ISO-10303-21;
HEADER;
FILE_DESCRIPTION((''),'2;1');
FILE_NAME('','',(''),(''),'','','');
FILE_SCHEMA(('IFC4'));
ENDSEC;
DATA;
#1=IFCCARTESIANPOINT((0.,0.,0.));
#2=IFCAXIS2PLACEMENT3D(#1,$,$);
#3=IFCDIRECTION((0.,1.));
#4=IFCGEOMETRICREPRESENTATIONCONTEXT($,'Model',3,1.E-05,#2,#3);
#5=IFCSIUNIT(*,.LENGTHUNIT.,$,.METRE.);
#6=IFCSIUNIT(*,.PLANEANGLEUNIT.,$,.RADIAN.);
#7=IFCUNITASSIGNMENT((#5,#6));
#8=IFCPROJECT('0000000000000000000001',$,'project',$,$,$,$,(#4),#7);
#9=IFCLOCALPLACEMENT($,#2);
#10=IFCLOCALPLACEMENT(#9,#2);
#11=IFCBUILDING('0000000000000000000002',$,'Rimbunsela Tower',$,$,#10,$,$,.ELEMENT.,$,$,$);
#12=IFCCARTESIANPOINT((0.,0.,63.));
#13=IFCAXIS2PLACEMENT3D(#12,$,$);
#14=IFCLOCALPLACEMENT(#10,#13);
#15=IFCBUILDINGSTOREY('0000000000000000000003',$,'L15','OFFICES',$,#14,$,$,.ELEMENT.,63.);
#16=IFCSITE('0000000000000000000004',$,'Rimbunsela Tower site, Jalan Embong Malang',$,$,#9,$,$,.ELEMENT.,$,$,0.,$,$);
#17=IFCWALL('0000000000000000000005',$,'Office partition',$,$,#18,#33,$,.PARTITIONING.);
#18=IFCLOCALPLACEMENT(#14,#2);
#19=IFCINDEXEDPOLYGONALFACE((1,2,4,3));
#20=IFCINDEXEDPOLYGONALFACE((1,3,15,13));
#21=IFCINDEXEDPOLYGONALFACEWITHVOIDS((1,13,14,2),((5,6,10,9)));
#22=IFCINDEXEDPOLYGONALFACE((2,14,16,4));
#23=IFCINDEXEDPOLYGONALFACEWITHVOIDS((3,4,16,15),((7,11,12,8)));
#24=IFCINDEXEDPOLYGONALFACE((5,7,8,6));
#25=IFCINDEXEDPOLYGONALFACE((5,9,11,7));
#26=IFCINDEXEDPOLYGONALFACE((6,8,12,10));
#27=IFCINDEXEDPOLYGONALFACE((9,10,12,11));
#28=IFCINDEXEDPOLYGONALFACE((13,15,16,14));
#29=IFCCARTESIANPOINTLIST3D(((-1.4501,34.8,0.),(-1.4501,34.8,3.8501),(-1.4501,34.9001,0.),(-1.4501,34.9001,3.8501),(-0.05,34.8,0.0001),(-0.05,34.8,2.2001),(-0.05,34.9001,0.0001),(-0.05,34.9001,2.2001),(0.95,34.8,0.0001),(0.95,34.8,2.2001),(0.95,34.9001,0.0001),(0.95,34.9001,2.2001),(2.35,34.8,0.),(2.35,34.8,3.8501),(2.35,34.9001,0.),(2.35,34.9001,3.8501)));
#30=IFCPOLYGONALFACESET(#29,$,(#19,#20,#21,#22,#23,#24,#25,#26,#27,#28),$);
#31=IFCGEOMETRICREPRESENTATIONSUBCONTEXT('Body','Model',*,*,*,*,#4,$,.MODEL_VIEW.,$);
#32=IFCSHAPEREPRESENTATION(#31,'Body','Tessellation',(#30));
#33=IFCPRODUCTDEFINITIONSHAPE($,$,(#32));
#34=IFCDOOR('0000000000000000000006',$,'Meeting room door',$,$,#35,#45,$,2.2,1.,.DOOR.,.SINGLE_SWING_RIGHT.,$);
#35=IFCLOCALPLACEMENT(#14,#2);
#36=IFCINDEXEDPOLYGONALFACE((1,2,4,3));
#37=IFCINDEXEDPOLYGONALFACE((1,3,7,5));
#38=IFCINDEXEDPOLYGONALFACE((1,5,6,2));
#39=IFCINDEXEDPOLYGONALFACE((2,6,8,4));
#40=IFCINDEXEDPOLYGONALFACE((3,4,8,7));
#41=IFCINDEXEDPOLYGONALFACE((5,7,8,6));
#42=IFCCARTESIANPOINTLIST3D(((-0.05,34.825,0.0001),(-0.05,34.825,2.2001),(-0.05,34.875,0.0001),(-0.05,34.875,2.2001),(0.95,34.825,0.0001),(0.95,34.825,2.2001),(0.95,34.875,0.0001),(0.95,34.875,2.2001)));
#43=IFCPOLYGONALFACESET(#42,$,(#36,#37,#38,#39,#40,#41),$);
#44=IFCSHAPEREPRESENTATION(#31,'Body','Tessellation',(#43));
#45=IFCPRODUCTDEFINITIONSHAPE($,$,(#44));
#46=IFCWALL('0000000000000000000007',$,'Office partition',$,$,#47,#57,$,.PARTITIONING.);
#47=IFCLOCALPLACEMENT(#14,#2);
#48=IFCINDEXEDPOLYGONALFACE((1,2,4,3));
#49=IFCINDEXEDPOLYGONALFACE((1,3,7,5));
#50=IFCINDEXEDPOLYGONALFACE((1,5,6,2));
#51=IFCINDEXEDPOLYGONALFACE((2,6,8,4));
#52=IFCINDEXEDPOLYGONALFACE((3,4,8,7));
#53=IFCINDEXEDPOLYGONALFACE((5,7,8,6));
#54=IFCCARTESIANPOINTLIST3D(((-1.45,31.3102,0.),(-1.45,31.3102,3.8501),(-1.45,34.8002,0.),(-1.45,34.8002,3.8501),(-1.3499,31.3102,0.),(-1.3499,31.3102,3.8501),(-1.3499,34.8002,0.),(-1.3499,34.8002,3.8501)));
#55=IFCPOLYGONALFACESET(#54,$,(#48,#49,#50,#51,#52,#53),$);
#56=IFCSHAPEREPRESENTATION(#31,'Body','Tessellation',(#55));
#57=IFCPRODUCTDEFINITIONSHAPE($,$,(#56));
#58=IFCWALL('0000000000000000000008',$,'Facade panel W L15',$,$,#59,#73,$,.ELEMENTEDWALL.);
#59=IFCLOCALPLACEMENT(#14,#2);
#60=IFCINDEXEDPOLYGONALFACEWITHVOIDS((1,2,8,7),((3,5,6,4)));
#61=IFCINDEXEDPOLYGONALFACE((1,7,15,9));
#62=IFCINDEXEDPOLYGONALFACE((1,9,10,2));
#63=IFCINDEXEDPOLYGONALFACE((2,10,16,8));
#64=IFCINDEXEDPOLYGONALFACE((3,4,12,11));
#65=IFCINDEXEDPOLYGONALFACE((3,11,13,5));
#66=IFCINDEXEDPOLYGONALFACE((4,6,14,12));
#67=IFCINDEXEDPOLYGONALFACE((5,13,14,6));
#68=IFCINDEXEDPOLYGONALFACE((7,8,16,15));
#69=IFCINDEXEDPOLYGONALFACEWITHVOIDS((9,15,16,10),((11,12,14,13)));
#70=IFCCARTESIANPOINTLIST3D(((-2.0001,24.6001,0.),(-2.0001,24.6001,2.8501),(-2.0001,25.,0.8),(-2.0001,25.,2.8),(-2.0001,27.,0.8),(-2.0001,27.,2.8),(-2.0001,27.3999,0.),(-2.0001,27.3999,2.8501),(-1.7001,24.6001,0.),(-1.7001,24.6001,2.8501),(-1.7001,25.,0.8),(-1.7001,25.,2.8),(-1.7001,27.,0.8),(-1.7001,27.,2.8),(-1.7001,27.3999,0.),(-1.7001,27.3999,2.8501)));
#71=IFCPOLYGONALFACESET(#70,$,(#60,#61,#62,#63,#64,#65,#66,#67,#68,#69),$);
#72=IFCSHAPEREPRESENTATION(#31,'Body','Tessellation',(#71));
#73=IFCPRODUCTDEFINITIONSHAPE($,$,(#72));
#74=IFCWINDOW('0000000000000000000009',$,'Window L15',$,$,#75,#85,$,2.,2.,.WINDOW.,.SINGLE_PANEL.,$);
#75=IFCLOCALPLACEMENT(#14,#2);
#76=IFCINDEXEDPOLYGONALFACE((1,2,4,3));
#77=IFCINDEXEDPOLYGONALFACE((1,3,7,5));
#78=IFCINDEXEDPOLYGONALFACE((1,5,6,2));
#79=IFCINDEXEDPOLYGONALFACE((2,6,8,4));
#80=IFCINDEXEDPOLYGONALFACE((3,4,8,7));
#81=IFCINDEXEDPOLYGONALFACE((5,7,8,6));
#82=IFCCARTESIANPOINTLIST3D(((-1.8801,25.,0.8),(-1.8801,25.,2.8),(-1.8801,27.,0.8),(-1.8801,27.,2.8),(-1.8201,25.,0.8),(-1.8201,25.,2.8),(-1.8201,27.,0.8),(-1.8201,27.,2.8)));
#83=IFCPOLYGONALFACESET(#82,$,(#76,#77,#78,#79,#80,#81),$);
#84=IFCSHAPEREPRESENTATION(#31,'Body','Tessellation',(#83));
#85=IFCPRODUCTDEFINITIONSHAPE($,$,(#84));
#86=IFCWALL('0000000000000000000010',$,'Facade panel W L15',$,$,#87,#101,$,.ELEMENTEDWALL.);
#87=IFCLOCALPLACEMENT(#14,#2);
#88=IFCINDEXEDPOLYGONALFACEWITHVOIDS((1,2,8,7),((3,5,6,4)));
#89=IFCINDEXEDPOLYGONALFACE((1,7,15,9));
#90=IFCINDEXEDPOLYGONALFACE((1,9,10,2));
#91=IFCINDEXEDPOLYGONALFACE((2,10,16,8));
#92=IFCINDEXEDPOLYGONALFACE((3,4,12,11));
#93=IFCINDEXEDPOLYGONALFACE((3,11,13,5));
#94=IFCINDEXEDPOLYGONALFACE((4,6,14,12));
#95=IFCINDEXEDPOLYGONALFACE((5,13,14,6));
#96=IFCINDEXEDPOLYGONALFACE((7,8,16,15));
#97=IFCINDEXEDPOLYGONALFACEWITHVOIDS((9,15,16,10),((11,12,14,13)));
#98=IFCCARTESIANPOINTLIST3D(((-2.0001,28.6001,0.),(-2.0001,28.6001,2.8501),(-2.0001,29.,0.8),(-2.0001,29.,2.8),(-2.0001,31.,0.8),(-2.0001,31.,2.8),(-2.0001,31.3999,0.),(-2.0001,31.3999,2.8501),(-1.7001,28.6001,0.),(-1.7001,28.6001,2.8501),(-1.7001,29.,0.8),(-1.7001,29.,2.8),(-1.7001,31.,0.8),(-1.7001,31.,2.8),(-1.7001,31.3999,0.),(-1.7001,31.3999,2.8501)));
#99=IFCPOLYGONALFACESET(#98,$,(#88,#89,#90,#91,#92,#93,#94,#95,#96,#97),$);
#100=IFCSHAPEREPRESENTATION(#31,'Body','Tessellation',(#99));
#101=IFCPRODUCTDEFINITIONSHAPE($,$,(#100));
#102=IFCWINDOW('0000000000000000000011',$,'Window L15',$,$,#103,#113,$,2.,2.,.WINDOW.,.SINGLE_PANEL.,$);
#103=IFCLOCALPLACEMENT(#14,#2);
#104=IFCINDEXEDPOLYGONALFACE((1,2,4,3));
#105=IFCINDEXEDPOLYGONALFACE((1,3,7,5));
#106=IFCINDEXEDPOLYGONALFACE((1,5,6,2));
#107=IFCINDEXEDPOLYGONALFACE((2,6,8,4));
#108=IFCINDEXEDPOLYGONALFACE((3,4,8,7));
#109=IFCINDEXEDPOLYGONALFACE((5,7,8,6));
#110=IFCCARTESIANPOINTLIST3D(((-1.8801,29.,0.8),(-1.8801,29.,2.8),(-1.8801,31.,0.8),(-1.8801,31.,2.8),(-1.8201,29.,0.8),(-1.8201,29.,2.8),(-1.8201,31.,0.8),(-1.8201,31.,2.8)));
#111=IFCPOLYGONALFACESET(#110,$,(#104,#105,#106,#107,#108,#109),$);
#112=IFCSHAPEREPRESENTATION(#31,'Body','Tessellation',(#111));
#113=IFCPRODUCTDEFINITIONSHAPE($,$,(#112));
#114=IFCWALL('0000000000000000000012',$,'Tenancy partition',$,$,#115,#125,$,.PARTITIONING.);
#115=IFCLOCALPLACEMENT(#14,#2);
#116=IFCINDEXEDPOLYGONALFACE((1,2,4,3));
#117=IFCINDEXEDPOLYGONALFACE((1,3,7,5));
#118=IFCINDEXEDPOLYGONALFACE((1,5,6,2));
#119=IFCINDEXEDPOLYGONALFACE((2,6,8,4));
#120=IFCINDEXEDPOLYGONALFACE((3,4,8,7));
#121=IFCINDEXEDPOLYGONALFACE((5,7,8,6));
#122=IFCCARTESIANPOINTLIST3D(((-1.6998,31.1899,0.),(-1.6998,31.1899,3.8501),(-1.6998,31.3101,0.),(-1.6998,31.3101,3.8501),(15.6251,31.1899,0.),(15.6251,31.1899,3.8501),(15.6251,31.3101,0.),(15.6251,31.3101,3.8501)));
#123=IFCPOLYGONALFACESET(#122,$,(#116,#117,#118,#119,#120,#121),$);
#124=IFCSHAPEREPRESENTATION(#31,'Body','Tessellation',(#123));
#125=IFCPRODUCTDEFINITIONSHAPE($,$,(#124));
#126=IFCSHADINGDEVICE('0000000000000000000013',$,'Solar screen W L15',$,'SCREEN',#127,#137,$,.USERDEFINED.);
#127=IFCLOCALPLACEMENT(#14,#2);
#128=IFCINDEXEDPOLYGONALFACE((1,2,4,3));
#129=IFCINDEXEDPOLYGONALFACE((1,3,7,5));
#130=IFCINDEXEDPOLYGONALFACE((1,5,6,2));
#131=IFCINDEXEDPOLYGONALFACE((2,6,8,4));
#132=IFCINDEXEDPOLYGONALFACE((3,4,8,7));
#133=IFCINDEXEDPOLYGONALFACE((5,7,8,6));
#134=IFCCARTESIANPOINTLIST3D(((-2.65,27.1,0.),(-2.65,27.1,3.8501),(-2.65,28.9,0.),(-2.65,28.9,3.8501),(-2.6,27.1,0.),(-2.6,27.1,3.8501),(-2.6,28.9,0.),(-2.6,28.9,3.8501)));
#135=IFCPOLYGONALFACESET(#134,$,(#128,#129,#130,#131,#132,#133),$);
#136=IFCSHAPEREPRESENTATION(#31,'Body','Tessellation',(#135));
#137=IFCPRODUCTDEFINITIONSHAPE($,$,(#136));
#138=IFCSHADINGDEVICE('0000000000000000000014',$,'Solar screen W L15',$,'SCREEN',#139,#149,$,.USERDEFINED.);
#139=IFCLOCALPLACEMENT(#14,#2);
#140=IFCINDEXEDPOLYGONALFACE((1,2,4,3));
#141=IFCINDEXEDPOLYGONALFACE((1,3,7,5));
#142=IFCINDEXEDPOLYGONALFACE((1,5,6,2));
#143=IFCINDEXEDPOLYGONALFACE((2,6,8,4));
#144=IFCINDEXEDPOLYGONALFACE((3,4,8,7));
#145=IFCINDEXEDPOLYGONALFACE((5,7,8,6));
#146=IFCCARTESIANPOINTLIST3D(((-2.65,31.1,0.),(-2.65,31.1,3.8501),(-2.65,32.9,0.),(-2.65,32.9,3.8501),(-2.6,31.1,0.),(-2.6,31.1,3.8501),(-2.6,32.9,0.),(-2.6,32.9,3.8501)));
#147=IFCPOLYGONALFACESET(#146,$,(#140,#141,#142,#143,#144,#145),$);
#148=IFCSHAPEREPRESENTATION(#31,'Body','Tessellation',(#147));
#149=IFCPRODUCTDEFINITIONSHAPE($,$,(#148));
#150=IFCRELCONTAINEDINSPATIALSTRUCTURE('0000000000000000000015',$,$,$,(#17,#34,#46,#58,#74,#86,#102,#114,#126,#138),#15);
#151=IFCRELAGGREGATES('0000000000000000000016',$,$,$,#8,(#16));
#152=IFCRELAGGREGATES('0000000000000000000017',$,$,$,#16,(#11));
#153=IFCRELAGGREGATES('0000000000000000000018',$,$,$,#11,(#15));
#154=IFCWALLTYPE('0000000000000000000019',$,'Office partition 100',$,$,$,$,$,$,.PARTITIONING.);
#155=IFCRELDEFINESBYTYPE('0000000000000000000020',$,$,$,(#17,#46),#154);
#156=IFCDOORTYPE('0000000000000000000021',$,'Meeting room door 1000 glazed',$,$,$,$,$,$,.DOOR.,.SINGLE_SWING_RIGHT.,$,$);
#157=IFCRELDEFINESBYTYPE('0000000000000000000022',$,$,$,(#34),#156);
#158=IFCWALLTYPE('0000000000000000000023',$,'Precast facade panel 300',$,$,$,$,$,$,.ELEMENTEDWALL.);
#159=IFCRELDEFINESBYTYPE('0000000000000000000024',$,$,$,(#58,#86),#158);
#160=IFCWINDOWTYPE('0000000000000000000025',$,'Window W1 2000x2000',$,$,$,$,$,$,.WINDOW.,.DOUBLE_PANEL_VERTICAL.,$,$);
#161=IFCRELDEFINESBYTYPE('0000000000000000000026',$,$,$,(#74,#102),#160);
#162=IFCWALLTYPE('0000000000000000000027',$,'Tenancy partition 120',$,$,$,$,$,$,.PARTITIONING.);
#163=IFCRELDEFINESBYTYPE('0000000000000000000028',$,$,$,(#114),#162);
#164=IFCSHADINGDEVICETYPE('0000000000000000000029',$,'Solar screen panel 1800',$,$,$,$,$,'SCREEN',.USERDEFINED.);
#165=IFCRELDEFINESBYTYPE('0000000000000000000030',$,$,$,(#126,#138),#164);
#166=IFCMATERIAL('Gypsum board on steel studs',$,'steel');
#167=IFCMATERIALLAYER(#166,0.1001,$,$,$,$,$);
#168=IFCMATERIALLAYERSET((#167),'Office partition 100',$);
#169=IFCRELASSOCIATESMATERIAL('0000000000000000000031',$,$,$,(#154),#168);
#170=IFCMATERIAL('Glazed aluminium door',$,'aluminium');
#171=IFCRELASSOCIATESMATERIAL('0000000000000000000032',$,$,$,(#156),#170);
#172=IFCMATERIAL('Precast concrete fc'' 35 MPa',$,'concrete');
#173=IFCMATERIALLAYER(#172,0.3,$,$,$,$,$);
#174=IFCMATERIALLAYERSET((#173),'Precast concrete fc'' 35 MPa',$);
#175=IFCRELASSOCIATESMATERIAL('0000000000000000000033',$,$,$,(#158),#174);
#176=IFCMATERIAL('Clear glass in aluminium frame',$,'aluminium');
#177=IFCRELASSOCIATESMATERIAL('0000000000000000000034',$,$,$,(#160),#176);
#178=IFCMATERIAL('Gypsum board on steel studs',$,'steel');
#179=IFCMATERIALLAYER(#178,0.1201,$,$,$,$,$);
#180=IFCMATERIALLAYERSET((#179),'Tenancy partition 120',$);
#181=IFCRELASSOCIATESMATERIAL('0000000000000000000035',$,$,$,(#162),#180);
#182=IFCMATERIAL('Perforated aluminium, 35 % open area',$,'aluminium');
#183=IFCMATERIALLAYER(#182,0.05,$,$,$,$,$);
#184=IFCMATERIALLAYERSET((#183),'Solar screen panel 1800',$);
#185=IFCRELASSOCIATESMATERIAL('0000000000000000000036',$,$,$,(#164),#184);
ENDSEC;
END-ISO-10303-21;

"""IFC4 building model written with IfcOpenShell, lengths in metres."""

from ifc_helpers import new_model, si_unit, direction, frame, frame_2d, origin, origin_2d, place, context, subcontext, project, spatial, rectangle, extrude, material, layer, layer_set, type_object, element, fill, save


model = new_model("IFC4")

# Units and contexts
model_context = context("Model", 3, precision=1e-05, world=origin(), true_north=direction((0.0, 1.0)))
body_context = subcontext(model_context, "Body", "Model", "MODEL_VIEW")
ifc_project = project(units=[si_unit("LENGTHUNIT", "METRE"), si_unit("PLANEANGLEUNIT", "RADIAN")], contexts=[model_context])

# Site, building, storey
site_placement = place(None, origin())
site = spatial("IfcSite", under=ifc_project, at=site_placement, Name="Rimbunsela Tower site, Jalan Embong Malang", CompositionType="ELEMENT", RefElevation=0.0)
building_placement = place(site_placement, origin())
building = spatial("IfcBuilding", under=site, at=building_placement, Name="Rimbunsela Tower", CompositionType="ELEMENT")
storey_placement = place(building_placement, frame((0.0, 0.0, 63.0)))
storey = spatial("IfcBuildingStorey", under=building, at=storey_placement, Name="L15", Description="OFFICES", CompositionType="ELEMENT", Elevation=63.0)

# Wall, opening, door
ifc_material_1 = material(Name="Gypsum board on steel studs", Category="steel")
ifc_layer_1 = layer(ifc_material_1, 0.1001)
ifc_layer_set_1 = layer_set([ifc_layer_1], Name="Office partition 100")
wall_type_1 = type_object("IfcWallType", Name="Office partition 100", PredefinedType="PARTITIONING", material=ifc_layer_set_1)
wall_1_placement = place(storey_placement, frame((-1.45, 34.8501, 0.0), z_axis=(0.0, 0.0, 1.0), x_axis=(1.0, 0.0, 0.0)))
wall_1 = element("IfcWall", 1, at=wall_1_placement, inside=storey, type_object=wall_type_1, Name="Office partition", PredefinedType="PARTITIONING", context=body_context, shape_type="SweptSolid", body=[
    extrude(rectangle(XDim=3.8, YDim=0.1001, at=frame_2d((1.8999, 0.0))), origin(), (0.0, 0.0, 1.0), 3.8501),
])
opening_1_placement = place(wall_1_placement, frame((1.3999, 0.0, 0.0)))
opening_1 = element("IfcOpeningElement", 2, at=opening_1_placement, cuts=wall_1, PredefinedType="OPENING", context=body_context, shape_type="SweptSolid", body=[
    extrude(rectangle(XDim=1.0, YDim=2.2, at=frame_2d((0.5, 1.1001))), frame((0.0, 0.0601, 0.0), z_axis=(0.0, -1.0, 0.0), x_axis=(1.0, 0.0, 0.0)), (0.0, 0.0, 1.0), 0.1201),
])
ifc_material_2 = material(Name="Glazed aluminium door", Category="aluminium")
door_type = type_object("IfcDoorType", Name="Meeting room door 1000 glazed", OperationType="SINGLE_SWING_RIGHT", PredefinedType="DOOR", material=ifc_material_2)
door_placement = place(opening_1_placement, origin())
door = element("IfcDoor", 3, at=door_placement, inside=storey, type_object=door_type, Name="Meeting room door", OperationType="SINGLE_SWING_RIGHT", OverallHeight=2.2, OverallWidth=1.0, PredefinedType="DOOR", context=body_context, shape_type="SweptSolid", body=[
    extrude(rectangle(XDim=1.0, YDim=2.2, at=frame_2d((0.5, 1.1001))), frame((0.0, 0.0249, 0.0), z_axis=(0.0, -1.0, 0.0), x_axis=(1.0, 0.0, 0.0)), (0.0, 0.0, 1.0), 0.05),
])
fill(opening_1, door)

# Wall
wall_2_placement = place(storey_placement, frame((-1.3999, 31.3101, 0.0), z_axis=(0.0, 0.0, 1.0), x_axis=(0.0, 1.0, 0.0)))
element("IfcWall", 4, at=wall_2_placement, inside=storey, type_object=wall_type_1, Name="Office partition", PredefinedType="PARTITIONING", context=body_context, shape_type="SweptSolid", body=[
    extrude(rectangle(XDim=3.49, YDim=0.1001, at=frame_2d((1.7451, 0.0))), origin(), (0.0, 0.0, 1.0), 3.8501),
])

# Walls, openings, windows
ifc_material_3 = material(Name="Precast concrete fc' 35 MPa", Category="concrete")
ifc_layer_2 = layer(ifc_material_3, 0.3)
ifc_layer_set_2 = layer_set([ifc_layer_2], Name="Precast concrete fc' 35 MPa")
wall_type_2 = type_object("IfcWallType", Name="Precast facade panel 300", PredefinedType="ELEMENTEDWALL", material=ifc_layer_set_2)
wall_3_placement = place(storey_placement, frame((-1.8501, 27.3999, 0.0), z_axis=(0.0, 0.0, 1.0), x_axis=(0.0, -1.0, 0.0)))
wall_3 = element("IfcWall", 5, at=wall_3_placement, inside=storey, type_object=wall_type_2, Name="Facade panel W L15", PredefinedType="ELEMENTEDWALL", context=body_context, shape_type="SweptSolid", body=[
    extrude(rectangle(XDim=2.7998, YDim=0.3, at=frame_2d((1.3999, 0.0))), origin(), (0.0, 0.0, 1.0), 2.8501),
])
opening_2_placement = place(wall_3_placement, frame((0.3999, 0.0, 0.8)))
opening_2 = element("IfcOpeningElement", 6, at=opening_2_placement, cuts=wall_3, PredefinedType="OPENING", context=body_context, shape_type="SweptSolid", body=[
    extrude(rectangle(XDim=2.0, YDim=2.0, at=frame_2d((1.0, 1.0))), frame((0.0, 0.1599, 0.0), z_axis=(0.0, -1.0, 0.0), x_axis=(1.0, 0.0, 0.0)), (0.0, 0.0, 1.0), 0.3201),
])
ifc_material_4 = material(Name="Clear glass in aluminium frame", Category="aluminium")
window_type = type_object("IfcWindowType", Name="Window W1 2000x2000", PartitioningType="DOUBLE_PANEL_VERTICAL", PredefinedType="WINDOW", material=ifc_material_4)
window_1_placement = place(opening_2_placement, origin())
window_1 = element("IfcWindow", 7, at=window_1_placement, inside=storey, type_object=window_type, Name="Window L15", OverallHeight=2.0, OverallWidth=2.0, PartitioningType="SINGLE_PANEL", PredefinedType="WINDOW", context=body_context, shape_type="SweptSolid", body=[
    extrude(rectangle(XDim=2.0, YDim=2.0, at=frame_2d((1.0, 1.0))), frame((0.0, 0.03, 0.0), z_axis=(0.0, -1.0, 0.0), x_axis=(1.0, 0.0, 0.0)), (0.0, 0.0, 1.0), 0.0601),
])
fill(opening_2, window_1)
wall_4_placement = place(storey_placement, frame((-1.8501, 31.3999, 0.0), z_axis=(0.0, 0.0, 1.0), x_axis=(0.0, -1.0, 0.0)))
wall_4 = element("IfcWall", 8, at=wall_4_placement, inside=storey, type_object=wall_type_2, Name="Facade panel W L15", PredefinedType="ELEMENTEDWALL", context=body_context, shape_type="SweptSolid", body=[
    extrude(rectangle(XDim=2.7998, YDim=0.3, at=frame_2d((1.3999, 0.0))), origin(), (0.0, 0.0, 1.0), 2.8501),
])
opening_3_placement = place(wall_4_placement, frame((0.3999, 0.0, 0.8)))
opening_3 = element("IfcOpeningElement", 9, at=opening_3_placement, cuts=wall_4, PredefinedType="OPENING", context=body_context, shape_type="SweptSolid", body=[
    extrude(rectangle(XDim=2.0, YDim=2.0, at=frame_2d((1.0, 1.0))), frame((0.0, 0.1599, 0.0), z_axis=(0.0, -1.0, 0.0), x_axis=(1.0, 0.0, 0.0)), (0.0, 0.0, 1.0), 0.3201),
])
window_2_placement = place(opening_3_placement, origin())
window_2 = element("IfcWindow", 10, at=window_2_placement, inside=storey, type_object=window_type, Name="Window L15", OverallHeight=2.0, OverallWidth=2.0, PartitioningType="SINGLE_PANEL", PredefinedType="WINDOW", context=body_context, shape_type="SweptSolid", body=[
    extrude(rectangle(XDim=2.0, YDim=2.0, at=frame_2d((1.0, 1.0))), frame((0.0, 0.03, 0.0), z_axis=(0.0, -1.0, 0.0), x_axis=(1.0, 0.0, 0.0)), (0.0, 0.0, 1.0), 0.0601),
])
fill(opening_3, window_2)

# Wall
ifc_material_5 = material(Name="Gypsum board on steel studs", Category="steel")
ifc_layer_3 = layer(ifc_material_5, 0.1201)
ifc_layer_set_3 = layer_set([ifc_layer_3], Name="Tenancy partition 120")
wall_type_3 = type_object("IfcWallType", Name="Tenancy partition 120", PredefinedType="PARTITIONING", material=ifc_layer_set_3)
wall_5_placement = place(storey_placement, frame((-1.7, 31.25, 0.0), z_axis=(0.0, 0.0, 1.0), x_axis=(1.0, 0.0, 0.0)))
element("IfcWall", 11, at=wall_5_placement, inside=storey, type_object=wall_type_3, Name="Tenancy partition", PredefinedType="PARTITIONING", context=body_context, shape_type="SweptSolid", body=[
    extrude(rectangle(XDim=17.325, YDim=0.1201, at=frame_2d((8.6626, 0.0))), origin(), (0.0, 0.0, 1.0), 3.8501),
])

# Shading devices
ifc_material_6 = material(Name="Perforated aluminium, 35 % open area", Category="aluminium")
ifc_layer_4 = layer(ifc_material_6, 0.05)
ifc_layer_set_4 = layer_set([ifc_layer_4], Name="Solar screen panel 1800")
shading_device_type = type_object("IfcShadingDeviceType", Name="Solar screen panel 1800", ElementType="SCREEN", PredefinedType="USERDEFINED", material=ifc_layer_set_4)
for number, where, z_axis, x_axis, name in (
    (12, (-2.625, 28.0, 0.0), (0.0, 0.0, 1.0), (0.0, 1.0, 0.0), "Solar screen W L15"),
    (13, (-2.625, 32.0, 0.0), (0.0, 0.0, 1.0), (0.0, 1.0, 0.0), "Solar screen W L15"),
):
    element("IfcShadingDevice", number, at=place(storey_placement, frame(where, z_axis=z_axis, x_axis=x_axis)), inside=storey, type_object=shading_device_type, Name=name, ObjectType="SCREEN", PredefinedType="USERDEFINED", context=body_context, shape_type="SweptSolid", body=[
        extrude(rectangle(XDim=1.8, YDim=0.05, at=origin_2d()), origin(), (0.0, 0.0, 1.0), 3.8501),
    ])

save(model, "model.ifc")
